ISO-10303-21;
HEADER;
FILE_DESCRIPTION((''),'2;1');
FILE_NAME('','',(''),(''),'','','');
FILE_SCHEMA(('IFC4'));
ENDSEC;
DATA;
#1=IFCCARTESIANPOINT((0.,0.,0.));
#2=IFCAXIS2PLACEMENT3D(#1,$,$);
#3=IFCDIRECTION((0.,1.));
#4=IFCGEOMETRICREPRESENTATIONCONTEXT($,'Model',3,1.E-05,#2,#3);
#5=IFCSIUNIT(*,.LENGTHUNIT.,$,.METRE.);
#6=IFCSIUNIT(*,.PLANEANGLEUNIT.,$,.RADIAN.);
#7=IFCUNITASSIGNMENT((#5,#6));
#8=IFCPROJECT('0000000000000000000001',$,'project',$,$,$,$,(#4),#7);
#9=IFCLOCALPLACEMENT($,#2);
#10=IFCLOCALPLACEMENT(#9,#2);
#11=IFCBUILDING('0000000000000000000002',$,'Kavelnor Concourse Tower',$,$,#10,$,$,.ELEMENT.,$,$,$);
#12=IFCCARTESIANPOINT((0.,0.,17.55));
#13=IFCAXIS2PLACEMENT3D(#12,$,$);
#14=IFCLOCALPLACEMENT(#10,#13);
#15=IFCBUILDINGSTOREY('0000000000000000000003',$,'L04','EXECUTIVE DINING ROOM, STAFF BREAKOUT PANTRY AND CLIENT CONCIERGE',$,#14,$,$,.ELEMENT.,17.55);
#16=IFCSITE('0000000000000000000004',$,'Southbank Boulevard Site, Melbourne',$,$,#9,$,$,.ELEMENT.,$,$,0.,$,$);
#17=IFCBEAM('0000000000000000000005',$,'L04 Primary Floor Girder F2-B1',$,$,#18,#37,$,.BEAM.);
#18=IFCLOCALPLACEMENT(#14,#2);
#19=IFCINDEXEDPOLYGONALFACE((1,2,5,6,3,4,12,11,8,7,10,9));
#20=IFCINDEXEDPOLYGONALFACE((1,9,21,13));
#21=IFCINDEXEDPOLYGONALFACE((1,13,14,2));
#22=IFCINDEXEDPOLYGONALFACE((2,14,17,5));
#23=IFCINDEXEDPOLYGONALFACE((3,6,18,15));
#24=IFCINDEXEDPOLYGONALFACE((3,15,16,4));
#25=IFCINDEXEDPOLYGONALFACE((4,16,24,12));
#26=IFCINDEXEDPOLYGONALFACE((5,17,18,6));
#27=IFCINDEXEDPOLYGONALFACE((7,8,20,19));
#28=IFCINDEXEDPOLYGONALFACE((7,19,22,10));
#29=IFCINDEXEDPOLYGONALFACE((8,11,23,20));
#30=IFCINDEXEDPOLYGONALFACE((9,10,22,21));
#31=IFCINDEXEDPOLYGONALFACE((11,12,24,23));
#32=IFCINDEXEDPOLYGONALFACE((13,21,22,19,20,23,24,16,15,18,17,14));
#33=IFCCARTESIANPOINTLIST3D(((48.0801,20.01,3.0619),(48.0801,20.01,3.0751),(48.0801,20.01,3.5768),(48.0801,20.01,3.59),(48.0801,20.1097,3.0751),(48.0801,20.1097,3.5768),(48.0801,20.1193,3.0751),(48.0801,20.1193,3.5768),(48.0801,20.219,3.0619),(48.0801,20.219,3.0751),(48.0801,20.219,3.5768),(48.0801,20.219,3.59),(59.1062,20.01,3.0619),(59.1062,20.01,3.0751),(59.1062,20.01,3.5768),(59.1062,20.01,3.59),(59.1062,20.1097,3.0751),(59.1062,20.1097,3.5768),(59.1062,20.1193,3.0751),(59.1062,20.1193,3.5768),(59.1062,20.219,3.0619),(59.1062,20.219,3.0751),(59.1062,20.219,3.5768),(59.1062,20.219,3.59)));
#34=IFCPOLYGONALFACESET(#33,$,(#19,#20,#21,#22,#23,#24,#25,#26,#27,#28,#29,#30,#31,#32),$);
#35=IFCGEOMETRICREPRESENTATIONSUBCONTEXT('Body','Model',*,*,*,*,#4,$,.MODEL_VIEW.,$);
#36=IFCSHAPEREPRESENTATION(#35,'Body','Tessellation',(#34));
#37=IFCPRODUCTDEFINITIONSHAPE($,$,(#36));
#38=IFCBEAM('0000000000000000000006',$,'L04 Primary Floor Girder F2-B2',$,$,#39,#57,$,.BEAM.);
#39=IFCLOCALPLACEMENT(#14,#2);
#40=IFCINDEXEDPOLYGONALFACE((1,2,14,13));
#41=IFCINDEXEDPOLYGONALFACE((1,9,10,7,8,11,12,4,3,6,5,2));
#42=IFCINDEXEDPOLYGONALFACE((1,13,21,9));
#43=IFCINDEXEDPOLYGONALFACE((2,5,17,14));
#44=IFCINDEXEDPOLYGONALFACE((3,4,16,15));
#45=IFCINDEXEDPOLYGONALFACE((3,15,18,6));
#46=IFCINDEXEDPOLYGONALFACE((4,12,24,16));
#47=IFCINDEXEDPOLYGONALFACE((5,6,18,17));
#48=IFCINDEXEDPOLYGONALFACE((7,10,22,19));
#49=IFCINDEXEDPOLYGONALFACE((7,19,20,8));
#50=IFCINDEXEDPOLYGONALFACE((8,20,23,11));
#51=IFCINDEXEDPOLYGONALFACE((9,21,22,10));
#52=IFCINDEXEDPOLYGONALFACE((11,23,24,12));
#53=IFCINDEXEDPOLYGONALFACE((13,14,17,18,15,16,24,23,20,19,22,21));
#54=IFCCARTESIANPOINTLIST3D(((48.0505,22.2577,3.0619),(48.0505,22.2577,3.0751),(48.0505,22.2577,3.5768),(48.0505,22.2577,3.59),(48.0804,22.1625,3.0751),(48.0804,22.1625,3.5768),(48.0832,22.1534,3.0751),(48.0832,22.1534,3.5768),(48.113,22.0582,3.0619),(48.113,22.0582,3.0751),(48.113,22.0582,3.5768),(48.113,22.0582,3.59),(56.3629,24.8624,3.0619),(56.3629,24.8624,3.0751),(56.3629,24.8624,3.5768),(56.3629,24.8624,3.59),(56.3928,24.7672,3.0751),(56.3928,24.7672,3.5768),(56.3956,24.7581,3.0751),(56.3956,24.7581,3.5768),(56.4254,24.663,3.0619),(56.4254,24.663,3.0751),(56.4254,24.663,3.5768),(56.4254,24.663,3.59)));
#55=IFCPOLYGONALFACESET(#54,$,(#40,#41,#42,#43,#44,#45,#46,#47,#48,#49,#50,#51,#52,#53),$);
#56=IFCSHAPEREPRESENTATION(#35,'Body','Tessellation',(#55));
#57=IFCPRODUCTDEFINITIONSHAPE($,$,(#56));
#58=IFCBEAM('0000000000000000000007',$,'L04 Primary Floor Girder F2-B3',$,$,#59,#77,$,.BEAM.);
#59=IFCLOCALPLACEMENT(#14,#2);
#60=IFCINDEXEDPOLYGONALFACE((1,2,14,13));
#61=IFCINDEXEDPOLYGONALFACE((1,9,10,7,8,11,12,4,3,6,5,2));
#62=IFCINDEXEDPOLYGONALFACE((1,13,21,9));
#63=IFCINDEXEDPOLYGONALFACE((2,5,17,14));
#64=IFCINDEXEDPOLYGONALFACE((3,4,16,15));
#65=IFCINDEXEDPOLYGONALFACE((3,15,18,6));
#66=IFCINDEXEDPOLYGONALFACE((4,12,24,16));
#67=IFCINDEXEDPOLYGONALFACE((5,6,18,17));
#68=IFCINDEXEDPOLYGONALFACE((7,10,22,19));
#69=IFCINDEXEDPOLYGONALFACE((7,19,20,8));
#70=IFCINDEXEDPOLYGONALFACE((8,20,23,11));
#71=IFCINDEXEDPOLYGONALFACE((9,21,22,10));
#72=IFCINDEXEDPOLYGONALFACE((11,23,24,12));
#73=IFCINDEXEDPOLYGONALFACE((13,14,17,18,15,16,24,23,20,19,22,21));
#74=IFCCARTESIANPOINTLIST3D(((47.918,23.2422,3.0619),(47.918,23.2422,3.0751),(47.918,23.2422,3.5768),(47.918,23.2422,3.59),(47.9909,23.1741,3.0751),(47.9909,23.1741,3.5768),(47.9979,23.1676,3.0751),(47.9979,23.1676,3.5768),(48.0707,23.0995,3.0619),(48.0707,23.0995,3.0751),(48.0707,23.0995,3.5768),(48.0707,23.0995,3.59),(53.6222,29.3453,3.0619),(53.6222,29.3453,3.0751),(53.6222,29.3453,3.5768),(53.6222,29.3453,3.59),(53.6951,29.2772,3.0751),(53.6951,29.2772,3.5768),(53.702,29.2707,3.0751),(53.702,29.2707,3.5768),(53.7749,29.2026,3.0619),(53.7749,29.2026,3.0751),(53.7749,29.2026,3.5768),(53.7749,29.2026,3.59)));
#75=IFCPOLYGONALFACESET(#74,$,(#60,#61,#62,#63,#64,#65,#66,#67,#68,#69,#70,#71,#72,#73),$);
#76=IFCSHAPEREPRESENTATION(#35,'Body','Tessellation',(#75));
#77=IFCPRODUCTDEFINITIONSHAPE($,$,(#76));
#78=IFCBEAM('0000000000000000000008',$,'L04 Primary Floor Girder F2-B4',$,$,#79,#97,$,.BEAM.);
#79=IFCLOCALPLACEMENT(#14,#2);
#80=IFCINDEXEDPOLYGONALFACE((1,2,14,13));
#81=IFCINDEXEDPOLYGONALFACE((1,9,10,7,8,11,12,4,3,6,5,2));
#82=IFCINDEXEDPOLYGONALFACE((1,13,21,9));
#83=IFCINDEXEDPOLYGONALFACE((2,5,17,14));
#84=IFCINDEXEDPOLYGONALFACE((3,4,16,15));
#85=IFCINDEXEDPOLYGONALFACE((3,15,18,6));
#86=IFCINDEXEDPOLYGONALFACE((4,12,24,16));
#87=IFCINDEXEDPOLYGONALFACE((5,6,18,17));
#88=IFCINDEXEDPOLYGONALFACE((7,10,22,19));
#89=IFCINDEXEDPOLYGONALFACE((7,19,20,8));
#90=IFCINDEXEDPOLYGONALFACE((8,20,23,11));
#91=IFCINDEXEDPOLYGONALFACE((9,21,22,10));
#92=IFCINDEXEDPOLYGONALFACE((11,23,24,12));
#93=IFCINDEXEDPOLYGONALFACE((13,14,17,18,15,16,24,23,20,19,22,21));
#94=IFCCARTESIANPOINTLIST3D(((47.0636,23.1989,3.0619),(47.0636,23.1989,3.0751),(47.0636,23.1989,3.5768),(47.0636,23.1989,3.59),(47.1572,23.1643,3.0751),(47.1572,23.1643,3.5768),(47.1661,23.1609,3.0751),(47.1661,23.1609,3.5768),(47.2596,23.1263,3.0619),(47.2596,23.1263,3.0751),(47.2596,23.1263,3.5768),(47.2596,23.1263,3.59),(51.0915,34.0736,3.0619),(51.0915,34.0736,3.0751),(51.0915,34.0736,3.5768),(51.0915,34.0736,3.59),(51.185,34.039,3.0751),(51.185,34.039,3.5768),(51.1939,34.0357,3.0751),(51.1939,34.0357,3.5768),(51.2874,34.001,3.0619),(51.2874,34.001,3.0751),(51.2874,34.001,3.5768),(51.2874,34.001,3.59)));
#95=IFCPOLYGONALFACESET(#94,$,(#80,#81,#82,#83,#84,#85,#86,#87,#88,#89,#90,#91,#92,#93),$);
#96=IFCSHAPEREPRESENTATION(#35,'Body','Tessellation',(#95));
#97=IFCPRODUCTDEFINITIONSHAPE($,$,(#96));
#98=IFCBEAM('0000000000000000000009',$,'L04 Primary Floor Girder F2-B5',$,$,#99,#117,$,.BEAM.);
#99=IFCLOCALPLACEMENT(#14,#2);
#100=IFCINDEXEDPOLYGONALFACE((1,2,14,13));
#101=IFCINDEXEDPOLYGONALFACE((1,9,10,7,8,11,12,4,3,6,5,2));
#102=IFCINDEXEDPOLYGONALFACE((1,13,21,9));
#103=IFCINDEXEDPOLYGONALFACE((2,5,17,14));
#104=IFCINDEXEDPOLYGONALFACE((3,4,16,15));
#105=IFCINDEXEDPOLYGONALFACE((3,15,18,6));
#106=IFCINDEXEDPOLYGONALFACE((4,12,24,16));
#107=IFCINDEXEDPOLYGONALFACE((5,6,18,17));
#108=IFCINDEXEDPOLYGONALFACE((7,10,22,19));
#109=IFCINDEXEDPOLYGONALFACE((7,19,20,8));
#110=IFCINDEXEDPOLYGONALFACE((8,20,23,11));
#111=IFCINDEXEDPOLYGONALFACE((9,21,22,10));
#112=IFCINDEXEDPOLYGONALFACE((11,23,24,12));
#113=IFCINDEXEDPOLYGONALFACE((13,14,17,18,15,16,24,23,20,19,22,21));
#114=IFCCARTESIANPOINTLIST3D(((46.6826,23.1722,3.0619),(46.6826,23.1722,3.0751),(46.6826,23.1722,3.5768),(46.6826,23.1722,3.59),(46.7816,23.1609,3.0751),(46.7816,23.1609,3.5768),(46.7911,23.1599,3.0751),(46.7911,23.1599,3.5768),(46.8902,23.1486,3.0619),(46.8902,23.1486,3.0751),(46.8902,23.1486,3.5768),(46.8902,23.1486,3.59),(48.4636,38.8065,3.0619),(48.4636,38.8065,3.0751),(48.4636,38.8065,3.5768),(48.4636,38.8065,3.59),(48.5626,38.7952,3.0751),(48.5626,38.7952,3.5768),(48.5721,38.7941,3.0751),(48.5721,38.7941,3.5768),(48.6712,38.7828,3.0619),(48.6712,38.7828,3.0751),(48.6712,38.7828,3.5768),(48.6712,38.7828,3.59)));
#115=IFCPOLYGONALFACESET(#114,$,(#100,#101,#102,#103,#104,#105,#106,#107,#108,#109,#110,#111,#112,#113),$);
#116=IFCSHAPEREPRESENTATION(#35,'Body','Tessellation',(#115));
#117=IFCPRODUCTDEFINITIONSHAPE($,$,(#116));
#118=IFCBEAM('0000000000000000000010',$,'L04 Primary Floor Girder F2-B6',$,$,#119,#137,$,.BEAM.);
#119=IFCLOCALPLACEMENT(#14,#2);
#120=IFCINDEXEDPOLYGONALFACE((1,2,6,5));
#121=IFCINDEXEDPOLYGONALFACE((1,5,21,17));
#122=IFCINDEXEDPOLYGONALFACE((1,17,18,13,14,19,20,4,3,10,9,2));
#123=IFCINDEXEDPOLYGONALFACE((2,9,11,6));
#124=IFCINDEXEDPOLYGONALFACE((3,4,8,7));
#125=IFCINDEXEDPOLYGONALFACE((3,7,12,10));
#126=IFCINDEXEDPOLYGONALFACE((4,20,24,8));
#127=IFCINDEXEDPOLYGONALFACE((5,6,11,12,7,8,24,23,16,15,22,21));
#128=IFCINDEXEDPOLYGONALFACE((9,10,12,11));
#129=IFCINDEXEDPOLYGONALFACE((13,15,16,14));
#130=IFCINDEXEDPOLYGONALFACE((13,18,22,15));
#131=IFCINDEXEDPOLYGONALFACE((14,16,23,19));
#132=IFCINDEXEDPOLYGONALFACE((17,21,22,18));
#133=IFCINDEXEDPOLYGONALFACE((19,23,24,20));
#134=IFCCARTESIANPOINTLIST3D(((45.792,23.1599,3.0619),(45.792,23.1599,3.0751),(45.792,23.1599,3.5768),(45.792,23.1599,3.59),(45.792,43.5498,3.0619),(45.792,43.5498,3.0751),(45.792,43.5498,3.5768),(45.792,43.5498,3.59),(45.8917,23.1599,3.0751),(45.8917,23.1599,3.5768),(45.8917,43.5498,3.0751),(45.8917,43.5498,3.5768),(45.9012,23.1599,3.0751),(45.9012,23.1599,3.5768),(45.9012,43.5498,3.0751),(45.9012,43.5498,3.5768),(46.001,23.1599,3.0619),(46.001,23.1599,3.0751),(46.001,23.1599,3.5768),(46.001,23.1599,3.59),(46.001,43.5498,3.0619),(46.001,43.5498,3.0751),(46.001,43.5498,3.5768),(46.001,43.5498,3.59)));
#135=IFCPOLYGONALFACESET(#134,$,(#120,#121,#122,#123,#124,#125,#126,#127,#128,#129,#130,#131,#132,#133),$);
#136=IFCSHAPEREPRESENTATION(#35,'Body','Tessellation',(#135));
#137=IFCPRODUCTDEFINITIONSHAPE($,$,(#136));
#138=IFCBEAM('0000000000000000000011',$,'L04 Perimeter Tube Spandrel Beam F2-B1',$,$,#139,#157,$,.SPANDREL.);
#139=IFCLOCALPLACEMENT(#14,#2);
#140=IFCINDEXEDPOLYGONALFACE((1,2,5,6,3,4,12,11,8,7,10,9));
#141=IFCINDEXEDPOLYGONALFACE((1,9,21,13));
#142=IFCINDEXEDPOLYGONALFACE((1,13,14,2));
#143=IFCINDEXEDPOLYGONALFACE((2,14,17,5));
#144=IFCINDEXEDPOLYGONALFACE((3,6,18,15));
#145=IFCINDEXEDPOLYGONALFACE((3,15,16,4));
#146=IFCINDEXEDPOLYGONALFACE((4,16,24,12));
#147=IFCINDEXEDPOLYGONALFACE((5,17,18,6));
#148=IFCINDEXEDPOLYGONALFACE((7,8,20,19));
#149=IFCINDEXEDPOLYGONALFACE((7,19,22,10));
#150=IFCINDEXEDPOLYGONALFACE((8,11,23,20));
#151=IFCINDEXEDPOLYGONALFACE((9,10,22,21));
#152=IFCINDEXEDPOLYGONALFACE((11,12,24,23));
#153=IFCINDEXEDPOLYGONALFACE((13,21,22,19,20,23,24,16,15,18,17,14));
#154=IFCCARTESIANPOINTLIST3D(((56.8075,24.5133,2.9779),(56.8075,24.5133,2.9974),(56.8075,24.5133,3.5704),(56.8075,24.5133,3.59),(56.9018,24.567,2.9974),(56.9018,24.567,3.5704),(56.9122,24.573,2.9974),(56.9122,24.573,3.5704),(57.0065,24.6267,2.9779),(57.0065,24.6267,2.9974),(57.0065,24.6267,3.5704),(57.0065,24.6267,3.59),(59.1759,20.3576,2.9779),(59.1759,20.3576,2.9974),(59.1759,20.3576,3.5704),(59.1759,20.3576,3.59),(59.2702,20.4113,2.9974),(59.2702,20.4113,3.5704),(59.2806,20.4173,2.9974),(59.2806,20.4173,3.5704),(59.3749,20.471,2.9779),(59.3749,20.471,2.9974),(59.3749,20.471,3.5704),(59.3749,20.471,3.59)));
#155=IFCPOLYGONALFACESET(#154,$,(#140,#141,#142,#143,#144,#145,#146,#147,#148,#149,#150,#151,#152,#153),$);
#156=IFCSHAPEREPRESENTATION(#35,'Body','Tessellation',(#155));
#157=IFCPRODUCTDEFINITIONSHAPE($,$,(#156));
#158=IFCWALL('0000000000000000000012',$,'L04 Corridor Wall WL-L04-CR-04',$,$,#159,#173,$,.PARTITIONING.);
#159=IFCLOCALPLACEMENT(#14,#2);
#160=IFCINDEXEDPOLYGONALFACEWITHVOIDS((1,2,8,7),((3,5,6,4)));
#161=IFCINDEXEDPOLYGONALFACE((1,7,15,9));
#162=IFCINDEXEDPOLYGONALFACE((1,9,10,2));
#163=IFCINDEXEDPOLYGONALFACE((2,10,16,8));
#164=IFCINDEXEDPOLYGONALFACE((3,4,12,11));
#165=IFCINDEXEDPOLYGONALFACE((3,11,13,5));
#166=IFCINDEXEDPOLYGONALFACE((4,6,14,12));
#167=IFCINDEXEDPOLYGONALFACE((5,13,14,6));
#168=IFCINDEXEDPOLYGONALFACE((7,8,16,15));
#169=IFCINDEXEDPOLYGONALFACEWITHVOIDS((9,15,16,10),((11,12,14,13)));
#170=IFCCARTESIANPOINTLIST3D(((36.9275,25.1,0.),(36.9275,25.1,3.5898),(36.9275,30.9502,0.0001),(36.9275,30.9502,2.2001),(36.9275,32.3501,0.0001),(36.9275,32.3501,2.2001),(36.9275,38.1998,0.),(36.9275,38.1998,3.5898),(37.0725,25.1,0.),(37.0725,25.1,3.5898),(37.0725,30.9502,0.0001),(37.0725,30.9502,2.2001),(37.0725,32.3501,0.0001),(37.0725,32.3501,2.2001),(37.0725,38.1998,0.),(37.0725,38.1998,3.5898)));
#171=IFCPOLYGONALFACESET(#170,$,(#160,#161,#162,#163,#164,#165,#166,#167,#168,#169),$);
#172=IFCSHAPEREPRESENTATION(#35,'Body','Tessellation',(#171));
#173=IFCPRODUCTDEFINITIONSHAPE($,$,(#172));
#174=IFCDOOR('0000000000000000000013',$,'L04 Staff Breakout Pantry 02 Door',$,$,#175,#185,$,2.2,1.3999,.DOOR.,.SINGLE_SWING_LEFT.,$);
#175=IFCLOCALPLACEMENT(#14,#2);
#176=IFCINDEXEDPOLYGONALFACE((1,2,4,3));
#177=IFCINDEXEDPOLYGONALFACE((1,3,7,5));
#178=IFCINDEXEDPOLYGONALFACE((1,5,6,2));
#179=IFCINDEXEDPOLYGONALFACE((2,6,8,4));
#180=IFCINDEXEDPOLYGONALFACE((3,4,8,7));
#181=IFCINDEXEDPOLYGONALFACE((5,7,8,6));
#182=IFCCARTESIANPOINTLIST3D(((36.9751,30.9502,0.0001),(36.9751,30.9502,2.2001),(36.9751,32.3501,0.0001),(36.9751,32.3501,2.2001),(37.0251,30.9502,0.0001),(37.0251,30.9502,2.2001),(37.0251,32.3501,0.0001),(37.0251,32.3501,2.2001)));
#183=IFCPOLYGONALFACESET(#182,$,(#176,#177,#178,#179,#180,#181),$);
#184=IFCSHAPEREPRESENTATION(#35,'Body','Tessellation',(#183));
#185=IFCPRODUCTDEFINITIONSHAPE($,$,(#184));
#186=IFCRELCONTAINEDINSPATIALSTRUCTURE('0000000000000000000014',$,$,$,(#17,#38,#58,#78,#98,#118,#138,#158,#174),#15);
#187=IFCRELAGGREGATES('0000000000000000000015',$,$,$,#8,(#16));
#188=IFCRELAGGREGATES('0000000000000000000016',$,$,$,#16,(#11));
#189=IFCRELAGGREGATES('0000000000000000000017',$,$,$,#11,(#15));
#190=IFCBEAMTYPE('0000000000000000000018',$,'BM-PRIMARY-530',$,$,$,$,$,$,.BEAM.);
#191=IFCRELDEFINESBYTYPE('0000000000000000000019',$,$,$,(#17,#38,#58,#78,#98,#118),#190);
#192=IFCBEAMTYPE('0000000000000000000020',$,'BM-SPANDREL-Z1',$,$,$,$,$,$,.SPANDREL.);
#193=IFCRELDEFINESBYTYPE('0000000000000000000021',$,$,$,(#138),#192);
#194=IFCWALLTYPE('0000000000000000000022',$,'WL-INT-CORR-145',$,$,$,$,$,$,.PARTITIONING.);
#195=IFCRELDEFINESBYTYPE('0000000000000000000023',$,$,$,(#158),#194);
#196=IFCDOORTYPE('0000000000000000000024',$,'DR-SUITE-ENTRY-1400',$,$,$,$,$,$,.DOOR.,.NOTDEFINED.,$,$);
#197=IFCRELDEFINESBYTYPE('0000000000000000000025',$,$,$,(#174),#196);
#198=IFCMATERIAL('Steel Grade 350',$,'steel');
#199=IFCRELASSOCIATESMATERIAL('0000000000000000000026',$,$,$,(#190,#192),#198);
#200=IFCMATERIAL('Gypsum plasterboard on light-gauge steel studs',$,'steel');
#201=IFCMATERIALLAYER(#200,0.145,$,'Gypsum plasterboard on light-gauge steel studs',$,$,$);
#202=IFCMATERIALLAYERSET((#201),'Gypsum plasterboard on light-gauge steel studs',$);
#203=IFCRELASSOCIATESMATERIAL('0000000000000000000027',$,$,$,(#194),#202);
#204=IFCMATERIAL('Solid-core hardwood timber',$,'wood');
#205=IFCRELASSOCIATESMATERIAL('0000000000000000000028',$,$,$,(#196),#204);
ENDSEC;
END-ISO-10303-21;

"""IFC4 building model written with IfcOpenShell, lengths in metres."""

from ifc_helpers import new_model, si_unit, direction, frame, frame_2d, origin, origin_2d, place, context, subcontext, project, spatial, rectangle, i_section, extrude, material, layer, layer_set, material_profile, profile_set, type_object, element, fill, save


model = new_model("IFC4")

# Units and contexts
model_context = context("Model", 3, precision=1e-05, world=origin(), true_north=direction((0.0, 1.0)))
body_context = subcontext(model_context, "Body", "Model", "MODEL_VIEW")
ifc_project = project(units=[si_unit("LENGTHUNIT", "METRE"), si_unit("PLANEANGLEUNIT", "RADIAN")], contexts=[model_context])

# Site, building, storey
site_placement = place(None, origin())
site = spatial("IfcSite", under=ifc_project, at=site_placement, Name="Southbank Boulevard Site, Melbourne", CompositionType="ELEMENT", RefElevation=0.0)
building_placement = place(site_placement, origin())
building = spatial("IfcBuilding", under=site, at=building_placement, Name="Kavelnor Concourse Tower", CompositionType="ELEMENT")
storey_placement = place(building_placement, frame((0.0, 0.0, 17.55)))
storey = spatial("IfcBuildingStorey", under=building, at=storey_placement, Name="L04", Description="EXECUTIVE DINING ROOM, STAFF BREAKOUT PANTRY AND CLIENT CONCIERGE", CompositionType="ELEMENT", Elevation=17.55)

# Shared definitions
ifc_material_1 = material(Name="Steel Grade 350", Category="steel")

# Beams
ifc_material_profile_1 = material_profile(ifc_material_1, i_section(OverallWidth=0.209, OverallDepth=0.5281, WebThickness=0.0095, FlangeThickness=0.0132, at=origin_2d()), Name="530UB82")
ifc_profile_set_1 = profile_set([ifc_material_profile_1], Name="Steel Grade 350")
beam_type_1 = type_object("IfcBeamType", Name="BM-PRIMARY-530", PredefinedType="BEAM", material=ifc_profile_set_1)
beam_1_placement = place(storey_placement, frame((48.0801, 20.1145, 3.3259), z_axis=(1.0, 0.0, 0.0), x_axis=(0.0, 1.0, 0.0)))
element("IfcBeam", 1, at=beam_1_placement, inside=storey, type_object=beam_type_1, Name="L04 Primary Floor Girder F2-B1", PredefinedType="BEAM", context=body_context, shape_type="SweptSolid", body=[
    extrude(i_section(OverallWidth=0.209, OverallDepth=0.5281, WebThickness=0.0095, FlangeThickness=0.0132, at=origin_2d()), origin(), (0.0, 0.0, 1.0), 11.0261),
])
beam_2_placement = place(storey_placement, frame((48.0818, 22.158, 3.3259), z_axis=(0.954248, 0.299015, 0.0), x_axis=(-0.299015, 0.954248, 0.0)))
element("IfcBeam", 2, at=beam_2_placement, inside=storey, type_object=beam_type_1, Name="L04 Primary Floor Girder F2-B2", PredefinedType="BEAM", context=body_context, shape_type="SweptSolid", body=[
    extrude(i_section(OverallWidth=0.209, OverallDepth=0.5281, WebThickness=0.0095, FlangeThickness=0.0132, at=origin_2d()), origin(), (0.0, 0.0, 1.0), 8.7109),
])
beam_3_placement = place(storey_placement, frame((47.9944, 23.1709, 3.3259), z_axis=(0.682826, 0.730581, 0.0), x_axis=(-0.730581, 0.682826, 0.0)))
element("IfcBeam", 3, at=beam_3_placement, inside=storey, type_object=beam_type_1, Name="L04 Primary Floor Girder F2-B3", PredefinedType="BEAM", context=body_context, shape_type="SweptSolid", body=[
    extrude(i_section(OverallWidth=0.209, OverallDepth=0.5281, WebThickness=0.0095, FlangeThickness=0.0132, at=origin_2d()), origin(), (0.0, 0.0, 1.0), 8.3538),
])
beam_4_placement = place(storey_placement, frame((47.1616, 23.1626, 3.3259), z_axis=(0.347325, 0.937745, 0.0), x_axis=(-0.937745, 0.347325, 0.0)))
element("IfcBeam", 4, at=beam_4_placement, inside=storey, type_object=beam_type_1, Name="L04 Primary Floor Girder F2-B4", PredefinedType="BEAM", context=body_context, shape_type="SweptSolid", body=[
    extrude(i_section(OverallWidth=0.209, OverallDepth=0.5281, WebThickness=0.0095, FlangeThickness=0.0132, at=origin_2d()), origin(), (0.0, 0.0, 1.0), 11.5967),
])
beam_5_placement = place(storey_placement, frame((46.7864, 23.1604, 3.3259), z_axis=(0.113185, 0.993574, 0.0), x_axis=(-0.993574, 0.113185, 0.0)))
element("IfcBeam", 5, at=beam_5_placement, inside=storey, type_object=beam_type_1, Name="L04 Primary Floor Girder F2-B5", PredefinedType="BEAM", context=body_context, shape_type="SweptSolid", body=[
    extrude(i_section(OverallWidth=0.209, OverallDepth=0.5281, WebThickness=0.0095, FlangeThickness=0.0132, at=origin_2d()), origin(), (0.0, 0.0, 1.0), 15.7354),
])
beam_6_placement = place(storey_placement, frame((45.8965, 23.1599, 3.3259), z_axis=(0.0, 1.0, 0.0), x_axis=(-1.0, 0.0, 0.0)))
element("IfcBeam", 6, at=beam_6_placement, inside=storey, type_object=beam_type_1, Name="L04 Primary Floor Girder F2-B6", PredefinedType="BEAM", context=body_context, shape_type="SweptSolid", body=[
    extrude(i_section(OverallWidth=0.209, OverallDepth=0.5281, WebThickness=0.0095, FlangeThickness=0.0132, at=origin_2d()), origin(), (0.0, 0.0, 1.0), 20.3899),
])
ifc_material_profile_2 = material_profile(ifc_material_1, i_section(OverallWidth=0.229, OverallDepth=0.6121, WebThickness=0.012, FlangeThickness=0.0195, at=origin_2d()), Name="610UB125")
ifc_profile_set_2 = profile_set([ifc_material_profile_2], Name="Steel Grade 350")
beam_type_2 = type_object("IfcBeamType", Name="BM-SPANDREL-Z1", PredefinedType="SPANDREL", material=ifc_profile_set_2)
beam_7_placement = place(storey_placement, frame((59.2754, 20.4143, 3.2839), z_axis=(-0.495144, 0.868811, 0.0), x_axis=(-0.868811, -0.495144, 0.0)))
element("IfcBeam", 7, at=beam_7_placement, inside=storey, type_object=beam_type_2, Name="L04 Perimeter Tube Spandrel Beam F2-B1", PredefinedType="SPANDREL", context=body_context, shape_type="SweptSolid", body=[
    extrude(i_section(OverallWidth=0.229, OverallDepth=0.6121, WebThickness=0.012, FlangeThickness=0.0195, at=origin_2d()), origin(), (0.0, 0.0, 1.0), 4.7832),
])

# Wall, opening, door
ifc_material_2 = material(Name="Gypsum plasterboard on light-gauge steel studs", Category="steel")
ifc_layer_1 = layer(ifc_material_2, 0.145, Name="Gypsum plasterboard on light-gauge steel studs")
ifc_layer_set_1 = layer_set([ifc_layer_1], Name="Gypsum plasterboard on light-gauge steel studs")
wall_type_1 = type_object("IfcWallType", Name="WL-INT-CORR-145", PredefinedType="PARTITIONING", material=ifc_layer_set_1)
wall_1_placement = place(storey_placement, frame((37.0, 25.1001, 0.0), z_axis=(0.0, 0.0, 1.0), x_axis=(0.0, 1.0, 0.0)))
wall_1 = element("IfcWall", 8, at=wall_1_placement, inside=storey, type_object=wall_type_1, Name="L04 Corridor Wall WL-L04-CR-04", PredefinedType="PARTITIONING", context=body_context, shape_type="SweptSolid", body=[
    extrude(rectangle(XDim=13.0999, YDim=0.145, at=frame_2d((6.5498, 0.0))), origin(), (0.0, 0.0, 1.0), 3.5898),
])
opening_1_placement = place(wall_1_placement, frame((5.8501, 0.0, 0.0)))
opening_1 = element("IfcOpeningElement", 9, at=opening_1_placement, cuts=wall_1, PredefinedType="OPENING", context=body_context, shape_type="SweptSolid", body=[
    extrude(rectangle(XDim=1.3999, YDim=2.2, at=frame_2d((0.7, 1.1001))), frame((0.0, 0.0825, 0.0), z_axis=(0.0, -1.0, 0.0), x_axis=(1.0, 0.0, 0.0)), (0.0, 0.0, 1.0), 0.165),
])
ifc_material_3 = material(Name="Solid-core hardwood timber", Category="wood")
door_type = type_object("IfcDoorType", Name="DR-SUITE-ENTRY-1400", OperationType="NOTDEFINED", PredefinedType="DOOR", material=ifc_material_3)
door_1_placement = place(opening_1_placement, origin())
door_1 = element("IfcDoor", 10, at=door_1_placement, inside=storey, type_object=door_type, Name="L04 Staff Breakout Pantry 02 Door", OperationType="SINGLE_SWING_LEFT", OverallHeight=2.2, OverallWidth=1.3999, PredefinedType="DOOR", context=body_context, shape_type="SweptSolid", body=[
    extrude(rectangle(XDim=1.3999, YDim=2.2, at=frame_2d((0.7, 1.1001))), frame((0.0, 0.0249, 0.0), z_axis=(0.0, -1.0, 0.0), x_axis=(1.0, 0.0, 0.0)), (0.0, 0.0, 1.0), 0.05),
])
fill(opening_1, door_1)

save(model, "model.ifc")
